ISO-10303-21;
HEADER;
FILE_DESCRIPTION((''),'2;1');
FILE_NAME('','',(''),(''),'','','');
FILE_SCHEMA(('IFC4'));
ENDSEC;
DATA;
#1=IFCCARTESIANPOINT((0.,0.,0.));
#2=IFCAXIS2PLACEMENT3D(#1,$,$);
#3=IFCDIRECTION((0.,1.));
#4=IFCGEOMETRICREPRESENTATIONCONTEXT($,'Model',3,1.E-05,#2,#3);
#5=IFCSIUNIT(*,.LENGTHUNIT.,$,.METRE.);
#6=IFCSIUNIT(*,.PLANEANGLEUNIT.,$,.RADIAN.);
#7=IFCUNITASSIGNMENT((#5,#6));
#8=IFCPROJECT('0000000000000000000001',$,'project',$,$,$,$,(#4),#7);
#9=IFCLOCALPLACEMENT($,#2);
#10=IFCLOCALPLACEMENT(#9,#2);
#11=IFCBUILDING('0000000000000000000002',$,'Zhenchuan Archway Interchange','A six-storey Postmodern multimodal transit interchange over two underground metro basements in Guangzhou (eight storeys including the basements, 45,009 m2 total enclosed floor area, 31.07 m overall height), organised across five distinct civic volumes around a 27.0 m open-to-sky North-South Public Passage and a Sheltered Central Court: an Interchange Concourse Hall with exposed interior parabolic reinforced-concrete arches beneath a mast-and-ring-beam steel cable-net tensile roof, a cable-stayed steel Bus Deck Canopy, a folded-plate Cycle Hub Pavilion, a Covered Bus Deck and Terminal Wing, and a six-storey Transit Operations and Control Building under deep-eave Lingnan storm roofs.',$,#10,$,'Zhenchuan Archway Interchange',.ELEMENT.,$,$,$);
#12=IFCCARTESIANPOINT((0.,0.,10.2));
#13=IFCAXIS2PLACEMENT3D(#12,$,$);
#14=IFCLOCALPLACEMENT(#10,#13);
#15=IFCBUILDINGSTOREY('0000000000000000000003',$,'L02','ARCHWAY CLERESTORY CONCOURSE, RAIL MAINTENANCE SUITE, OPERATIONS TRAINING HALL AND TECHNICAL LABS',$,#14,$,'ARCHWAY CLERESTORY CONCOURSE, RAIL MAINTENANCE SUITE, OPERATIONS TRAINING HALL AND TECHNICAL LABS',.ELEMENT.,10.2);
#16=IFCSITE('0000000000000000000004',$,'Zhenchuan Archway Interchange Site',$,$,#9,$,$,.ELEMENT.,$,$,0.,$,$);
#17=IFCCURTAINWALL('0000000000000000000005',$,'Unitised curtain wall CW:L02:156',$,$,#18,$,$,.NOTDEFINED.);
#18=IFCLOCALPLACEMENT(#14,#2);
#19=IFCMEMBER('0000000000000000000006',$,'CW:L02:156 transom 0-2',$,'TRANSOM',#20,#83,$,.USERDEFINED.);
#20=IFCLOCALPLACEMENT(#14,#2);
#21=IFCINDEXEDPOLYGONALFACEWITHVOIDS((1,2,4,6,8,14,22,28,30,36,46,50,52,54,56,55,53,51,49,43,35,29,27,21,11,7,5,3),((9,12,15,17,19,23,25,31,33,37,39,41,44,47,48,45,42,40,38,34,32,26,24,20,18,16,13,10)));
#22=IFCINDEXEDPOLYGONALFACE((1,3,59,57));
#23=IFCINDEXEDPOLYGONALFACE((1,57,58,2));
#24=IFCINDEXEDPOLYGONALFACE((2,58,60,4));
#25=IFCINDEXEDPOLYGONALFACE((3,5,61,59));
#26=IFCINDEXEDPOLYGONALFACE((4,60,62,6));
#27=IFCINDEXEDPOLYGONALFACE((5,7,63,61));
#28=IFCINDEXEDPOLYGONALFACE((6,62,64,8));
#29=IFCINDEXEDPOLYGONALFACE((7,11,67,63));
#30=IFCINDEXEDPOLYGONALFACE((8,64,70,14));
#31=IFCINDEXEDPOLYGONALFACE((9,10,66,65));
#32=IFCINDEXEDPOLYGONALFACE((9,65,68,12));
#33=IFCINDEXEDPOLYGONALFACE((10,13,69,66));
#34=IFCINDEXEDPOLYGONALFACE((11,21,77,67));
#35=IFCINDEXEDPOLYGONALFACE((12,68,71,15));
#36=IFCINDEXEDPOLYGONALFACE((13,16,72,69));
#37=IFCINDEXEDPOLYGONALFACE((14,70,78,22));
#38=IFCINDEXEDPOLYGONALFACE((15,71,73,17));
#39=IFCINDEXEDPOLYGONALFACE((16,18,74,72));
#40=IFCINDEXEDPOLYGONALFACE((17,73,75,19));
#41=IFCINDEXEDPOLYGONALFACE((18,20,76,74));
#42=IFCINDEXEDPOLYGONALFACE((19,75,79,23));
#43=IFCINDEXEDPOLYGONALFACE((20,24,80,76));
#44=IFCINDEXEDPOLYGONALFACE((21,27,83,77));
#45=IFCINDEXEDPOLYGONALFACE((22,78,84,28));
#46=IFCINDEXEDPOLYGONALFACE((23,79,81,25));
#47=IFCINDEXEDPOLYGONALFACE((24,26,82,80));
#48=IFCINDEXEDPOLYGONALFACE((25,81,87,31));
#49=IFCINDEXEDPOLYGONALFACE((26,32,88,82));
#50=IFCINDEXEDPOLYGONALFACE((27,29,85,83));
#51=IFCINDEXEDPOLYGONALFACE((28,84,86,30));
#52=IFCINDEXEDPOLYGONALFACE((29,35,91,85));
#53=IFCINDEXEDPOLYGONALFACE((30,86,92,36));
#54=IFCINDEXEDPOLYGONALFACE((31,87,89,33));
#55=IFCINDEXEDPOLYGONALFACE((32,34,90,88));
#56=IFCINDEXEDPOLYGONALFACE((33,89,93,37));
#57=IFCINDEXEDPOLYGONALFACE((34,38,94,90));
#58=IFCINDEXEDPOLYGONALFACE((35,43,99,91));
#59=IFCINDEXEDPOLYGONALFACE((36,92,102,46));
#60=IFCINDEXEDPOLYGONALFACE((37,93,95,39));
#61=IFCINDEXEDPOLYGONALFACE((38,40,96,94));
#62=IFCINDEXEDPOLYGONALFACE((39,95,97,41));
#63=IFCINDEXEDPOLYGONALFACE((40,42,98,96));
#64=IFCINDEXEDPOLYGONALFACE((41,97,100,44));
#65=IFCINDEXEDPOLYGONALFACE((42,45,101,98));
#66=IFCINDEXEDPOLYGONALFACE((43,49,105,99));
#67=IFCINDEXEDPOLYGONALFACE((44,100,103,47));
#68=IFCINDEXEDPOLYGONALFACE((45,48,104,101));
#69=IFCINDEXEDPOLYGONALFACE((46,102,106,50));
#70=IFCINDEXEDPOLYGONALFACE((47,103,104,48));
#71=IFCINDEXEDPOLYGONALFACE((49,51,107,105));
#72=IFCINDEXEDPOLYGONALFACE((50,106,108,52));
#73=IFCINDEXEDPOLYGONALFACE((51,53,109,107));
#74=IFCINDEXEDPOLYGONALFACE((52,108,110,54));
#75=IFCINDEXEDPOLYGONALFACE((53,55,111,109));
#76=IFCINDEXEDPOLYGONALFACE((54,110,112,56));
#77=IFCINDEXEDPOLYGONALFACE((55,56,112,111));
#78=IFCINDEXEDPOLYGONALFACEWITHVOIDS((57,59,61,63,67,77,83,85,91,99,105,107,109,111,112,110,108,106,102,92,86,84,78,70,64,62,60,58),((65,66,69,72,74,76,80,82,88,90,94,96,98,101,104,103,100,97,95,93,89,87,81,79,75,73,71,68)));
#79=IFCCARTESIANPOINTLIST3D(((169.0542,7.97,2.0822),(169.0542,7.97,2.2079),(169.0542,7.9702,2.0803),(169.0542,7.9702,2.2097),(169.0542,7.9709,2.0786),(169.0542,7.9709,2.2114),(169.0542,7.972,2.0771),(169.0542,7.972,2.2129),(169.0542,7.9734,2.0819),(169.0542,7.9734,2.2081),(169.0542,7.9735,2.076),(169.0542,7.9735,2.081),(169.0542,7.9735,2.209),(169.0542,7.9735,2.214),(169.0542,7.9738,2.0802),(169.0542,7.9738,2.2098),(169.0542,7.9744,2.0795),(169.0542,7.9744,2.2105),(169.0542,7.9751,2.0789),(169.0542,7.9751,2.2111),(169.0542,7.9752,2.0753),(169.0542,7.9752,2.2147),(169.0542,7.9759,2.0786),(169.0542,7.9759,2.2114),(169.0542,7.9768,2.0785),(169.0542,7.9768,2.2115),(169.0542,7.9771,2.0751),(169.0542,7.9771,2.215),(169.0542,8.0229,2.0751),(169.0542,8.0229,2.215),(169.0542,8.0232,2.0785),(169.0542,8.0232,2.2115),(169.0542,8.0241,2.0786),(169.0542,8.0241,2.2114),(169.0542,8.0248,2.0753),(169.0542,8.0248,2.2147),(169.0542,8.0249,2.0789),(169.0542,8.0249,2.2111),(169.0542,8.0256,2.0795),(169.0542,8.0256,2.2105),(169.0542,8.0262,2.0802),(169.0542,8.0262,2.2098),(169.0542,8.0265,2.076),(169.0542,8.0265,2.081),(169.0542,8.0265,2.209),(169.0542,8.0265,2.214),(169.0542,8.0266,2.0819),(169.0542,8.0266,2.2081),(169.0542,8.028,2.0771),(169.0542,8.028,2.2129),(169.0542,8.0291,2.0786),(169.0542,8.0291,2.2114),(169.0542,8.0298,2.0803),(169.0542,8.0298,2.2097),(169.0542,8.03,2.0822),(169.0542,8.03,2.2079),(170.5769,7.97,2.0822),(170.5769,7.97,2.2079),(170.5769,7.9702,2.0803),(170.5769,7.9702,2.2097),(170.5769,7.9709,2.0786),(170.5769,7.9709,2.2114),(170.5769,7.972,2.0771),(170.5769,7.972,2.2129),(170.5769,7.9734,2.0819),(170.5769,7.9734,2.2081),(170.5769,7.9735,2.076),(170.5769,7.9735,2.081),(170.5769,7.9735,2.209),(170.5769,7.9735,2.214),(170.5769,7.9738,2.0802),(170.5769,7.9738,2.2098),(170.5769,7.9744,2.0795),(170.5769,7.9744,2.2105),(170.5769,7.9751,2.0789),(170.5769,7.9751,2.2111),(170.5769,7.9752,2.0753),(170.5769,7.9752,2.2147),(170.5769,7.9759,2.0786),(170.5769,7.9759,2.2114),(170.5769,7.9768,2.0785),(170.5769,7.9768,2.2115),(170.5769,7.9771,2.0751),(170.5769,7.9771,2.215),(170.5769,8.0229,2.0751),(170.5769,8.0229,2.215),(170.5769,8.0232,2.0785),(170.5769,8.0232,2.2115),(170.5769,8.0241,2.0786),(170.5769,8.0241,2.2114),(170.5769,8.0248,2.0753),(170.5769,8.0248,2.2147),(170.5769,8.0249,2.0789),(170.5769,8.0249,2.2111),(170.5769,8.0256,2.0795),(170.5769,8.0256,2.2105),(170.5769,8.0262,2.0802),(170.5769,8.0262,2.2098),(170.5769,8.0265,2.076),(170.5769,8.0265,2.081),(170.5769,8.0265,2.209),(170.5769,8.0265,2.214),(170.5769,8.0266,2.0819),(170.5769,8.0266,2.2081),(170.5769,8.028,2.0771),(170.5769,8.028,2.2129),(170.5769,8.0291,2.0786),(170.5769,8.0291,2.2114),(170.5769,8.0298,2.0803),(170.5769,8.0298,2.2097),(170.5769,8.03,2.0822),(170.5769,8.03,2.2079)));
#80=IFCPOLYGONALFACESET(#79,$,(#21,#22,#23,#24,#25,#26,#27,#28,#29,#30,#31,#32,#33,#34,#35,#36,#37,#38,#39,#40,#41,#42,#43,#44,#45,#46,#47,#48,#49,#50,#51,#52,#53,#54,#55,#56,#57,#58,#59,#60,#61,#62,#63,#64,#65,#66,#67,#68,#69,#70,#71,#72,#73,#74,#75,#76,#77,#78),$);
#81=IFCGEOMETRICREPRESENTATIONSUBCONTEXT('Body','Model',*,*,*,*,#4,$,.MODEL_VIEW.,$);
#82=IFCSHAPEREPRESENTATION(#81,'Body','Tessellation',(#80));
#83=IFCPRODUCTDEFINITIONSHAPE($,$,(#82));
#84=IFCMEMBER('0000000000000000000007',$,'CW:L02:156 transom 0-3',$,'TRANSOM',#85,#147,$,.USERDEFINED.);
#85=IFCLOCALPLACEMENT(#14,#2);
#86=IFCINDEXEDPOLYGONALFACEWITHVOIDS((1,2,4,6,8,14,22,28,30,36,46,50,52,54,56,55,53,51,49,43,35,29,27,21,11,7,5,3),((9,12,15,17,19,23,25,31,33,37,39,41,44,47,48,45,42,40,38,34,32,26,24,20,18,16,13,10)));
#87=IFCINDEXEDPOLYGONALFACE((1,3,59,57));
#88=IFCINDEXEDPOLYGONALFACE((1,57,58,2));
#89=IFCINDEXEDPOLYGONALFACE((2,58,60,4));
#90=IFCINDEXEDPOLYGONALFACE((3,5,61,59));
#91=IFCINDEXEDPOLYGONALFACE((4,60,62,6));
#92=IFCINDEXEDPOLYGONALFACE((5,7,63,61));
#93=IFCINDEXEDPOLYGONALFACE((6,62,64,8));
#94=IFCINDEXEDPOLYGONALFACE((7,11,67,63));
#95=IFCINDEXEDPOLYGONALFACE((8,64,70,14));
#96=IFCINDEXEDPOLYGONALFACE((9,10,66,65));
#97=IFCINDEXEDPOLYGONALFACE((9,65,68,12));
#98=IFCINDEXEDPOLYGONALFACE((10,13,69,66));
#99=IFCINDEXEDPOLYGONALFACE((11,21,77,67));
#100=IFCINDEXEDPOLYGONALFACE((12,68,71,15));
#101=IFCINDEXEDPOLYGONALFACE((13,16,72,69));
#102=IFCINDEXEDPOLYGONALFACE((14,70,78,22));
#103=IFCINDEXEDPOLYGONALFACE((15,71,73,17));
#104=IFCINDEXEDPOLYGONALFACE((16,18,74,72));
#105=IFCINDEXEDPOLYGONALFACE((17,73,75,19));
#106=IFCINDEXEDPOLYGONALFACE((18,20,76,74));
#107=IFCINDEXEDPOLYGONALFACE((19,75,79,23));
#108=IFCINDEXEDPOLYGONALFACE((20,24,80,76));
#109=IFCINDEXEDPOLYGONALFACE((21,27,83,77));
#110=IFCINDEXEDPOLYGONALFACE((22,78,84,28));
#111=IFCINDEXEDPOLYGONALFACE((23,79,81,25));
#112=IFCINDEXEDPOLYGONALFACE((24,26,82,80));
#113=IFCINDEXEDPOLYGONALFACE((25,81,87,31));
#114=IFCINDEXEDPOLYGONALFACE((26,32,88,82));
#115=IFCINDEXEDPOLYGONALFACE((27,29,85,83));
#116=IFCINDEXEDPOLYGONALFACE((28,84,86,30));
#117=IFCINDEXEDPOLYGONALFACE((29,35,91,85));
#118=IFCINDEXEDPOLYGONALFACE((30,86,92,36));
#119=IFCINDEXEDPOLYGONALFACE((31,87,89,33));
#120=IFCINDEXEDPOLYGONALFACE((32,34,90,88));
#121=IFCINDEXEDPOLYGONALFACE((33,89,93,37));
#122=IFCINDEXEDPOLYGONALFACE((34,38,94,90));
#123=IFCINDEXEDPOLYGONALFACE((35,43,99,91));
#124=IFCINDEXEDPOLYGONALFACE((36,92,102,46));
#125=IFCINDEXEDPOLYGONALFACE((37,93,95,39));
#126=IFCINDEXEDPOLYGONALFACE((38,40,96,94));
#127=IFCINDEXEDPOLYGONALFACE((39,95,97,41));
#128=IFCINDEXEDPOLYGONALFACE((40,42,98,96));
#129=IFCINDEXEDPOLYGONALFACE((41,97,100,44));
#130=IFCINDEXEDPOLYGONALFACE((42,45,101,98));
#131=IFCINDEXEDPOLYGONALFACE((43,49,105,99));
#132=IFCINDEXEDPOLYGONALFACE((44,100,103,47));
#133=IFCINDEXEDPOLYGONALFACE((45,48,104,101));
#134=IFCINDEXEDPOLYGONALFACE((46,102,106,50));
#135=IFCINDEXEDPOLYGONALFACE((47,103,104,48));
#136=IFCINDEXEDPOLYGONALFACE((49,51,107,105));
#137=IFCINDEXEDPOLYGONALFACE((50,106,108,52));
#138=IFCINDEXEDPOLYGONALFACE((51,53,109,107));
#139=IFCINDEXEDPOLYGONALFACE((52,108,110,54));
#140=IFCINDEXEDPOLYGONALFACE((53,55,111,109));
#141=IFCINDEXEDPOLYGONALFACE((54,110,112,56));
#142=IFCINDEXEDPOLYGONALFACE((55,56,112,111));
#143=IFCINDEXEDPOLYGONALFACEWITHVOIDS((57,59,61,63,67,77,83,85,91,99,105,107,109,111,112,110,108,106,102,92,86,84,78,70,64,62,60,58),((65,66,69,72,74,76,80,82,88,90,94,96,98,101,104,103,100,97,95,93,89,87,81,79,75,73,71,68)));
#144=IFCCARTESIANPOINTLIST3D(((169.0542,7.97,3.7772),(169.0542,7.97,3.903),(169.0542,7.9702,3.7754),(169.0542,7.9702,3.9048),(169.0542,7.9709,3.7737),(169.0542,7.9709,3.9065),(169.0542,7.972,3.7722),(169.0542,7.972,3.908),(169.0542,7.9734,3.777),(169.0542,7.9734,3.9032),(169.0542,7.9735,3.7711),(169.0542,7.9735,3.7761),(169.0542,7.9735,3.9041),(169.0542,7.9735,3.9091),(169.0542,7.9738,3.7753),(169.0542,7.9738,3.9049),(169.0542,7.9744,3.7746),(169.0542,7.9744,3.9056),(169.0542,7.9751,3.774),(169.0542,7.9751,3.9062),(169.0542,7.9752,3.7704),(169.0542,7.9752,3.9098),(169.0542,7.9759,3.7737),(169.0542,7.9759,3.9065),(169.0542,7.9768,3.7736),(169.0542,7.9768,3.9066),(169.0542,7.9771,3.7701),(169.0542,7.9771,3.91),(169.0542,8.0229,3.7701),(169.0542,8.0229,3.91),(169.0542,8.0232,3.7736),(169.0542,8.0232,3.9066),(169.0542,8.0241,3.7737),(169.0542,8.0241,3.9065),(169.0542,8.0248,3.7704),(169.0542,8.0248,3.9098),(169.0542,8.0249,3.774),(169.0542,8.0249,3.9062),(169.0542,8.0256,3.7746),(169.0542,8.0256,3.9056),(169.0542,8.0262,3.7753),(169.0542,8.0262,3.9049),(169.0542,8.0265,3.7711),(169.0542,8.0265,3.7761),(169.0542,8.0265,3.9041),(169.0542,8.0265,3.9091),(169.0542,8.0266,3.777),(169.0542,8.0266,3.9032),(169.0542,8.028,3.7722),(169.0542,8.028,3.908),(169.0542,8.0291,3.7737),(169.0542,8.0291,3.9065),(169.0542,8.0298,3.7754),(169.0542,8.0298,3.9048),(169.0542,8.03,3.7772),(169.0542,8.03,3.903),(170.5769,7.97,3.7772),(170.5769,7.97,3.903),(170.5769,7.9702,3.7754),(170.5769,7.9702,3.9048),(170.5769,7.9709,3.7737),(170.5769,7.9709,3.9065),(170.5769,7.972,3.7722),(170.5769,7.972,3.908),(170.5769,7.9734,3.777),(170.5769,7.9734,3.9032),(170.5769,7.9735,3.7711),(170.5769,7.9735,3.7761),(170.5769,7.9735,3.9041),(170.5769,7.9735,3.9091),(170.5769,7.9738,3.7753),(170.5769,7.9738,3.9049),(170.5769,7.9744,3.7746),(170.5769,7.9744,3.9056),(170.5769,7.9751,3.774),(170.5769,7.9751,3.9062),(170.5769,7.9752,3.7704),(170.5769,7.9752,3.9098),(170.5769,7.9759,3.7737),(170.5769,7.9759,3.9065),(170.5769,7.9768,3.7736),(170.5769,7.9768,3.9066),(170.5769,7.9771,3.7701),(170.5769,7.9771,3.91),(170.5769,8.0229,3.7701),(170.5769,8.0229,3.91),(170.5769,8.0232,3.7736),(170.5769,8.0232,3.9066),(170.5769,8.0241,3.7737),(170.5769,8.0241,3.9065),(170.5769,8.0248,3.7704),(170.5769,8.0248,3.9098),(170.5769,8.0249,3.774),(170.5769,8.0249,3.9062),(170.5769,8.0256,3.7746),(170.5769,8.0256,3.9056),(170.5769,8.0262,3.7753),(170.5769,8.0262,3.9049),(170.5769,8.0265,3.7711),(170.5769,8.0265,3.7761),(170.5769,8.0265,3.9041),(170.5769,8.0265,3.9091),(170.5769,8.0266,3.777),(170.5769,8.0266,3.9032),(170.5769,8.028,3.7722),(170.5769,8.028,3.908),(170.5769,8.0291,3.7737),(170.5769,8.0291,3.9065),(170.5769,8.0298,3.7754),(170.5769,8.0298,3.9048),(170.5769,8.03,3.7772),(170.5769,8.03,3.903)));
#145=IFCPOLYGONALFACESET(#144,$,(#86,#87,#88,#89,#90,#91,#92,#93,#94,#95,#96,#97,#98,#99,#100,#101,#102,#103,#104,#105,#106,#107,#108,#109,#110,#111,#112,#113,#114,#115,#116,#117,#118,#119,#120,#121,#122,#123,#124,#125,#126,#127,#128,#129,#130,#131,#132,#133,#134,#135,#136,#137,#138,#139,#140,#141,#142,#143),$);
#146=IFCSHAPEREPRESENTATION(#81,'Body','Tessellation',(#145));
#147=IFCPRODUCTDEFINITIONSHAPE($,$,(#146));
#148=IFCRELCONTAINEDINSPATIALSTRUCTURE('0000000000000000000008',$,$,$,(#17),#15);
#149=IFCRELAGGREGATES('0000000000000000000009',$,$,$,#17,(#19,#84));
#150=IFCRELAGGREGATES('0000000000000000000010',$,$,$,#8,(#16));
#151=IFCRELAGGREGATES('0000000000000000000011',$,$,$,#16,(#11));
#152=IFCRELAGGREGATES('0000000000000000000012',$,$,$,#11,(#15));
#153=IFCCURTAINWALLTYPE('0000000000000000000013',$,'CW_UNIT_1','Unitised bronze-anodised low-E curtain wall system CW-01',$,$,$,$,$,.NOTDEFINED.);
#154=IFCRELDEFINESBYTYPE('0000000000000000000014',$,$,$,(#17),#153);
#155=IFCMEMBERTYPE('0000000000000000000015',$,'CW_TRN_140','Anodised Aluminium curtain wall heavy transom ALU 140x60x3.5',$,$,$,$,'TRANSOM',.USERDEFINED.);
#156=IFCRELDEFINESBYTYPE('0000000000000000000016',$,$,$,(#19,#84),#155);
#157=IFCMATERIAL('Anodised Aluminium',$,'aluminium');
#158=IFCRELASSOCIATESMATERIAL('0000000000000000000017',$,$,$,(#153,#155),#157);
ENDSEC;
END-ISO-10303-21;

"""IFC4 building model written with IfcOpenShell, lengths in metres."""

from ifc_helpers import new_model, si_unit, direction, frame, origin, origin_2d, place, context, subcontext, project, spatial, hollow_rectangle, extrude, material, material_profile, profile_set, type_object, element, aggregate, save


model = new_model("IFC4")

# Units and contexts
model_context = context("Model", 3, precision=1e-05, world=origin(), true_north=direction((0.0, 1.0)))
body_context = subcontext(model_context, "Body", "Model", "MODEL_VIEW")
ifc_project = project(units=[si_unit("LENGTHUNIT", "METRE"), si_unit("PLANEANGLEUNIT", "RADIAN")], contexts=[model_context])

# Site, building, storey
site_placement = place(None, origin())
site = spatial("IfcSite", under=ifc_project, at=site_placement, Name="Zhenchuan Archway Interchange Site", CompositionType="ELEMENT", RefElevation=0.0)
building_placement = place(site_placement, origin())
building = spatial("IfcBuilding", under=site, at=building_placement, Name="Zhenchuan Archway Interchange", Description="A six-storey Postmodern multimodal transit interchange over two underground metro basements in Guangzhou (eight storeys including the basements, 45,009 m2 total enclosed floor area, 31.07 m overall height), organised across five distinct civic volumes around a 27.0 m open-to-sky North-South Public Passage and a Sheltered Central Court: an Interchange Concourse Hall with exposed interior parabolic reinforced-concrete arches beneath a mast-and-ring-beam steel cable-net tensile roof, a cable-stayed steel Bus Deck Canopy, a folded-plate Cycle Hub Pavilion, a Covered Bus Deck and Terminal Wing, and a six-storey Transit Operations and Control Building under deep-eave Lingnan storm roofs.", LongName="Zhenchuan Archway Interchange", CompositionType="ELEMENT")
storey_placement = place(building_placement, frame((0.0, 0.0, 10.2)))
storey = spatial("IfcBuildingStorey", under=building, at=storey_placement, Name="L02", Description="ARCHWAY CLERESTORY CONCOURSE, RAIL MAINTENANCE SUITE, OPERATIONS TRAINING HALL AND TECHNICAL LABS", LongName="ARCHWAY CLERESTORY CONCOURSE, RAIL MAINTENANCE SUITE, OPERATIONS TRAINING HALL AND TECHNICAL LABS", CompositionType="ELEMENT", Elevation=10.2)

# Curtain wall, members
ifc_material_1 = material(Name="Anodised Aluminium", Category="aluminium")
curtain_wall_type = type_object("IfcCurtainWallType", Name="CW_UNIT_1", Description="Unitised bronze-anodised low-E curtain wall system CW-01", PredefinedType="NOTDEFINED", material=ifc_material_1)
curtain_wall_placement = place(storey_placement, origin())
curtain_wall = element("IfcCurtainWall", 1, at=curtain_wall_placement, inside=storey, type_object=curtain_wall_type, Name="Unitised curtain wall CW:L02:156", PredefinedType="NOTDEFINED")
ifc_material_profile_1 = material_profile(ifc_material_1, hollow_rectangle(XDim=0.0601, YDim=0.1399, WallThickness=0.0034, InnerFilletRadius=0.0034, OuterFilletRadius=0.0071, at=origin_2d()), Name="ALU 140x60x3.5")
ifc_profile_set_1 = profile_set([ifc_material_profile_1], Name="Anodised Aluminium")
member_type_1 = type_object("IfcMemberType", Name="CW_TRN_140", Description="Anodised Aluminium curtain wall heavy transom ALU 140x60x3.5", ElementType="TRANSOM", PredefinedType="USERDEFINED", material=ifc_profile_set_1)
member_1_placement = place(storey_placement, frame((170.5769, 8.0, 2.145), z_axis=(-1.0, 0.0, 0.0), x_axis=(0.0, -1.0, 0.0)))
member_1 = element("IfcMember", 2, at=member_1_placement, type_object=member_type_1, Name="CW:L02:156 transom 0-2", ObjectType="TRANSOM", PredefinedType="USERDEFINED", context=body_context, shape_type="SweptSolid", body=[
    extrude(hollow_rectangle(XDim=0.0601, YDim=0.1399, WallThickness=0.0034, InnerFilletRadius=0.0034, OuterFilletRadius=0.0071, at=origin_2d()), origin(), (0.0, 0.0, 1.0), 1.5227),
])
member_2_placement = place(storey_placement, frame((170.5769, 8.0, 3.8401), z_axis=(-1.0, 0.0, 0.0), x_axis=(0.0, -1.0, 0.0)))
member_2 = element("IfcMember", 3, at=member_2_placement, type_object=member_type_1, Name="CW:L02:156 transom 0-3", ObjectType="TRANSOM", PredefinedType="USERDEFINED", context=body_context, shape_type="SweptSolid", body=[
    extrude(hollow_rectangle(XDim=0.0601, YDim=0.1399, WallThickness=0.0034, InnerFilletRadius=0.0034, OuterFilletRadius=0.0071, at=origin_2d()), origin(), (0.0, 0.0, 1.0), 1.5227),
])

aggregate(curtain_wall, [member_1, member_2])

save(model, "model.ifc")
